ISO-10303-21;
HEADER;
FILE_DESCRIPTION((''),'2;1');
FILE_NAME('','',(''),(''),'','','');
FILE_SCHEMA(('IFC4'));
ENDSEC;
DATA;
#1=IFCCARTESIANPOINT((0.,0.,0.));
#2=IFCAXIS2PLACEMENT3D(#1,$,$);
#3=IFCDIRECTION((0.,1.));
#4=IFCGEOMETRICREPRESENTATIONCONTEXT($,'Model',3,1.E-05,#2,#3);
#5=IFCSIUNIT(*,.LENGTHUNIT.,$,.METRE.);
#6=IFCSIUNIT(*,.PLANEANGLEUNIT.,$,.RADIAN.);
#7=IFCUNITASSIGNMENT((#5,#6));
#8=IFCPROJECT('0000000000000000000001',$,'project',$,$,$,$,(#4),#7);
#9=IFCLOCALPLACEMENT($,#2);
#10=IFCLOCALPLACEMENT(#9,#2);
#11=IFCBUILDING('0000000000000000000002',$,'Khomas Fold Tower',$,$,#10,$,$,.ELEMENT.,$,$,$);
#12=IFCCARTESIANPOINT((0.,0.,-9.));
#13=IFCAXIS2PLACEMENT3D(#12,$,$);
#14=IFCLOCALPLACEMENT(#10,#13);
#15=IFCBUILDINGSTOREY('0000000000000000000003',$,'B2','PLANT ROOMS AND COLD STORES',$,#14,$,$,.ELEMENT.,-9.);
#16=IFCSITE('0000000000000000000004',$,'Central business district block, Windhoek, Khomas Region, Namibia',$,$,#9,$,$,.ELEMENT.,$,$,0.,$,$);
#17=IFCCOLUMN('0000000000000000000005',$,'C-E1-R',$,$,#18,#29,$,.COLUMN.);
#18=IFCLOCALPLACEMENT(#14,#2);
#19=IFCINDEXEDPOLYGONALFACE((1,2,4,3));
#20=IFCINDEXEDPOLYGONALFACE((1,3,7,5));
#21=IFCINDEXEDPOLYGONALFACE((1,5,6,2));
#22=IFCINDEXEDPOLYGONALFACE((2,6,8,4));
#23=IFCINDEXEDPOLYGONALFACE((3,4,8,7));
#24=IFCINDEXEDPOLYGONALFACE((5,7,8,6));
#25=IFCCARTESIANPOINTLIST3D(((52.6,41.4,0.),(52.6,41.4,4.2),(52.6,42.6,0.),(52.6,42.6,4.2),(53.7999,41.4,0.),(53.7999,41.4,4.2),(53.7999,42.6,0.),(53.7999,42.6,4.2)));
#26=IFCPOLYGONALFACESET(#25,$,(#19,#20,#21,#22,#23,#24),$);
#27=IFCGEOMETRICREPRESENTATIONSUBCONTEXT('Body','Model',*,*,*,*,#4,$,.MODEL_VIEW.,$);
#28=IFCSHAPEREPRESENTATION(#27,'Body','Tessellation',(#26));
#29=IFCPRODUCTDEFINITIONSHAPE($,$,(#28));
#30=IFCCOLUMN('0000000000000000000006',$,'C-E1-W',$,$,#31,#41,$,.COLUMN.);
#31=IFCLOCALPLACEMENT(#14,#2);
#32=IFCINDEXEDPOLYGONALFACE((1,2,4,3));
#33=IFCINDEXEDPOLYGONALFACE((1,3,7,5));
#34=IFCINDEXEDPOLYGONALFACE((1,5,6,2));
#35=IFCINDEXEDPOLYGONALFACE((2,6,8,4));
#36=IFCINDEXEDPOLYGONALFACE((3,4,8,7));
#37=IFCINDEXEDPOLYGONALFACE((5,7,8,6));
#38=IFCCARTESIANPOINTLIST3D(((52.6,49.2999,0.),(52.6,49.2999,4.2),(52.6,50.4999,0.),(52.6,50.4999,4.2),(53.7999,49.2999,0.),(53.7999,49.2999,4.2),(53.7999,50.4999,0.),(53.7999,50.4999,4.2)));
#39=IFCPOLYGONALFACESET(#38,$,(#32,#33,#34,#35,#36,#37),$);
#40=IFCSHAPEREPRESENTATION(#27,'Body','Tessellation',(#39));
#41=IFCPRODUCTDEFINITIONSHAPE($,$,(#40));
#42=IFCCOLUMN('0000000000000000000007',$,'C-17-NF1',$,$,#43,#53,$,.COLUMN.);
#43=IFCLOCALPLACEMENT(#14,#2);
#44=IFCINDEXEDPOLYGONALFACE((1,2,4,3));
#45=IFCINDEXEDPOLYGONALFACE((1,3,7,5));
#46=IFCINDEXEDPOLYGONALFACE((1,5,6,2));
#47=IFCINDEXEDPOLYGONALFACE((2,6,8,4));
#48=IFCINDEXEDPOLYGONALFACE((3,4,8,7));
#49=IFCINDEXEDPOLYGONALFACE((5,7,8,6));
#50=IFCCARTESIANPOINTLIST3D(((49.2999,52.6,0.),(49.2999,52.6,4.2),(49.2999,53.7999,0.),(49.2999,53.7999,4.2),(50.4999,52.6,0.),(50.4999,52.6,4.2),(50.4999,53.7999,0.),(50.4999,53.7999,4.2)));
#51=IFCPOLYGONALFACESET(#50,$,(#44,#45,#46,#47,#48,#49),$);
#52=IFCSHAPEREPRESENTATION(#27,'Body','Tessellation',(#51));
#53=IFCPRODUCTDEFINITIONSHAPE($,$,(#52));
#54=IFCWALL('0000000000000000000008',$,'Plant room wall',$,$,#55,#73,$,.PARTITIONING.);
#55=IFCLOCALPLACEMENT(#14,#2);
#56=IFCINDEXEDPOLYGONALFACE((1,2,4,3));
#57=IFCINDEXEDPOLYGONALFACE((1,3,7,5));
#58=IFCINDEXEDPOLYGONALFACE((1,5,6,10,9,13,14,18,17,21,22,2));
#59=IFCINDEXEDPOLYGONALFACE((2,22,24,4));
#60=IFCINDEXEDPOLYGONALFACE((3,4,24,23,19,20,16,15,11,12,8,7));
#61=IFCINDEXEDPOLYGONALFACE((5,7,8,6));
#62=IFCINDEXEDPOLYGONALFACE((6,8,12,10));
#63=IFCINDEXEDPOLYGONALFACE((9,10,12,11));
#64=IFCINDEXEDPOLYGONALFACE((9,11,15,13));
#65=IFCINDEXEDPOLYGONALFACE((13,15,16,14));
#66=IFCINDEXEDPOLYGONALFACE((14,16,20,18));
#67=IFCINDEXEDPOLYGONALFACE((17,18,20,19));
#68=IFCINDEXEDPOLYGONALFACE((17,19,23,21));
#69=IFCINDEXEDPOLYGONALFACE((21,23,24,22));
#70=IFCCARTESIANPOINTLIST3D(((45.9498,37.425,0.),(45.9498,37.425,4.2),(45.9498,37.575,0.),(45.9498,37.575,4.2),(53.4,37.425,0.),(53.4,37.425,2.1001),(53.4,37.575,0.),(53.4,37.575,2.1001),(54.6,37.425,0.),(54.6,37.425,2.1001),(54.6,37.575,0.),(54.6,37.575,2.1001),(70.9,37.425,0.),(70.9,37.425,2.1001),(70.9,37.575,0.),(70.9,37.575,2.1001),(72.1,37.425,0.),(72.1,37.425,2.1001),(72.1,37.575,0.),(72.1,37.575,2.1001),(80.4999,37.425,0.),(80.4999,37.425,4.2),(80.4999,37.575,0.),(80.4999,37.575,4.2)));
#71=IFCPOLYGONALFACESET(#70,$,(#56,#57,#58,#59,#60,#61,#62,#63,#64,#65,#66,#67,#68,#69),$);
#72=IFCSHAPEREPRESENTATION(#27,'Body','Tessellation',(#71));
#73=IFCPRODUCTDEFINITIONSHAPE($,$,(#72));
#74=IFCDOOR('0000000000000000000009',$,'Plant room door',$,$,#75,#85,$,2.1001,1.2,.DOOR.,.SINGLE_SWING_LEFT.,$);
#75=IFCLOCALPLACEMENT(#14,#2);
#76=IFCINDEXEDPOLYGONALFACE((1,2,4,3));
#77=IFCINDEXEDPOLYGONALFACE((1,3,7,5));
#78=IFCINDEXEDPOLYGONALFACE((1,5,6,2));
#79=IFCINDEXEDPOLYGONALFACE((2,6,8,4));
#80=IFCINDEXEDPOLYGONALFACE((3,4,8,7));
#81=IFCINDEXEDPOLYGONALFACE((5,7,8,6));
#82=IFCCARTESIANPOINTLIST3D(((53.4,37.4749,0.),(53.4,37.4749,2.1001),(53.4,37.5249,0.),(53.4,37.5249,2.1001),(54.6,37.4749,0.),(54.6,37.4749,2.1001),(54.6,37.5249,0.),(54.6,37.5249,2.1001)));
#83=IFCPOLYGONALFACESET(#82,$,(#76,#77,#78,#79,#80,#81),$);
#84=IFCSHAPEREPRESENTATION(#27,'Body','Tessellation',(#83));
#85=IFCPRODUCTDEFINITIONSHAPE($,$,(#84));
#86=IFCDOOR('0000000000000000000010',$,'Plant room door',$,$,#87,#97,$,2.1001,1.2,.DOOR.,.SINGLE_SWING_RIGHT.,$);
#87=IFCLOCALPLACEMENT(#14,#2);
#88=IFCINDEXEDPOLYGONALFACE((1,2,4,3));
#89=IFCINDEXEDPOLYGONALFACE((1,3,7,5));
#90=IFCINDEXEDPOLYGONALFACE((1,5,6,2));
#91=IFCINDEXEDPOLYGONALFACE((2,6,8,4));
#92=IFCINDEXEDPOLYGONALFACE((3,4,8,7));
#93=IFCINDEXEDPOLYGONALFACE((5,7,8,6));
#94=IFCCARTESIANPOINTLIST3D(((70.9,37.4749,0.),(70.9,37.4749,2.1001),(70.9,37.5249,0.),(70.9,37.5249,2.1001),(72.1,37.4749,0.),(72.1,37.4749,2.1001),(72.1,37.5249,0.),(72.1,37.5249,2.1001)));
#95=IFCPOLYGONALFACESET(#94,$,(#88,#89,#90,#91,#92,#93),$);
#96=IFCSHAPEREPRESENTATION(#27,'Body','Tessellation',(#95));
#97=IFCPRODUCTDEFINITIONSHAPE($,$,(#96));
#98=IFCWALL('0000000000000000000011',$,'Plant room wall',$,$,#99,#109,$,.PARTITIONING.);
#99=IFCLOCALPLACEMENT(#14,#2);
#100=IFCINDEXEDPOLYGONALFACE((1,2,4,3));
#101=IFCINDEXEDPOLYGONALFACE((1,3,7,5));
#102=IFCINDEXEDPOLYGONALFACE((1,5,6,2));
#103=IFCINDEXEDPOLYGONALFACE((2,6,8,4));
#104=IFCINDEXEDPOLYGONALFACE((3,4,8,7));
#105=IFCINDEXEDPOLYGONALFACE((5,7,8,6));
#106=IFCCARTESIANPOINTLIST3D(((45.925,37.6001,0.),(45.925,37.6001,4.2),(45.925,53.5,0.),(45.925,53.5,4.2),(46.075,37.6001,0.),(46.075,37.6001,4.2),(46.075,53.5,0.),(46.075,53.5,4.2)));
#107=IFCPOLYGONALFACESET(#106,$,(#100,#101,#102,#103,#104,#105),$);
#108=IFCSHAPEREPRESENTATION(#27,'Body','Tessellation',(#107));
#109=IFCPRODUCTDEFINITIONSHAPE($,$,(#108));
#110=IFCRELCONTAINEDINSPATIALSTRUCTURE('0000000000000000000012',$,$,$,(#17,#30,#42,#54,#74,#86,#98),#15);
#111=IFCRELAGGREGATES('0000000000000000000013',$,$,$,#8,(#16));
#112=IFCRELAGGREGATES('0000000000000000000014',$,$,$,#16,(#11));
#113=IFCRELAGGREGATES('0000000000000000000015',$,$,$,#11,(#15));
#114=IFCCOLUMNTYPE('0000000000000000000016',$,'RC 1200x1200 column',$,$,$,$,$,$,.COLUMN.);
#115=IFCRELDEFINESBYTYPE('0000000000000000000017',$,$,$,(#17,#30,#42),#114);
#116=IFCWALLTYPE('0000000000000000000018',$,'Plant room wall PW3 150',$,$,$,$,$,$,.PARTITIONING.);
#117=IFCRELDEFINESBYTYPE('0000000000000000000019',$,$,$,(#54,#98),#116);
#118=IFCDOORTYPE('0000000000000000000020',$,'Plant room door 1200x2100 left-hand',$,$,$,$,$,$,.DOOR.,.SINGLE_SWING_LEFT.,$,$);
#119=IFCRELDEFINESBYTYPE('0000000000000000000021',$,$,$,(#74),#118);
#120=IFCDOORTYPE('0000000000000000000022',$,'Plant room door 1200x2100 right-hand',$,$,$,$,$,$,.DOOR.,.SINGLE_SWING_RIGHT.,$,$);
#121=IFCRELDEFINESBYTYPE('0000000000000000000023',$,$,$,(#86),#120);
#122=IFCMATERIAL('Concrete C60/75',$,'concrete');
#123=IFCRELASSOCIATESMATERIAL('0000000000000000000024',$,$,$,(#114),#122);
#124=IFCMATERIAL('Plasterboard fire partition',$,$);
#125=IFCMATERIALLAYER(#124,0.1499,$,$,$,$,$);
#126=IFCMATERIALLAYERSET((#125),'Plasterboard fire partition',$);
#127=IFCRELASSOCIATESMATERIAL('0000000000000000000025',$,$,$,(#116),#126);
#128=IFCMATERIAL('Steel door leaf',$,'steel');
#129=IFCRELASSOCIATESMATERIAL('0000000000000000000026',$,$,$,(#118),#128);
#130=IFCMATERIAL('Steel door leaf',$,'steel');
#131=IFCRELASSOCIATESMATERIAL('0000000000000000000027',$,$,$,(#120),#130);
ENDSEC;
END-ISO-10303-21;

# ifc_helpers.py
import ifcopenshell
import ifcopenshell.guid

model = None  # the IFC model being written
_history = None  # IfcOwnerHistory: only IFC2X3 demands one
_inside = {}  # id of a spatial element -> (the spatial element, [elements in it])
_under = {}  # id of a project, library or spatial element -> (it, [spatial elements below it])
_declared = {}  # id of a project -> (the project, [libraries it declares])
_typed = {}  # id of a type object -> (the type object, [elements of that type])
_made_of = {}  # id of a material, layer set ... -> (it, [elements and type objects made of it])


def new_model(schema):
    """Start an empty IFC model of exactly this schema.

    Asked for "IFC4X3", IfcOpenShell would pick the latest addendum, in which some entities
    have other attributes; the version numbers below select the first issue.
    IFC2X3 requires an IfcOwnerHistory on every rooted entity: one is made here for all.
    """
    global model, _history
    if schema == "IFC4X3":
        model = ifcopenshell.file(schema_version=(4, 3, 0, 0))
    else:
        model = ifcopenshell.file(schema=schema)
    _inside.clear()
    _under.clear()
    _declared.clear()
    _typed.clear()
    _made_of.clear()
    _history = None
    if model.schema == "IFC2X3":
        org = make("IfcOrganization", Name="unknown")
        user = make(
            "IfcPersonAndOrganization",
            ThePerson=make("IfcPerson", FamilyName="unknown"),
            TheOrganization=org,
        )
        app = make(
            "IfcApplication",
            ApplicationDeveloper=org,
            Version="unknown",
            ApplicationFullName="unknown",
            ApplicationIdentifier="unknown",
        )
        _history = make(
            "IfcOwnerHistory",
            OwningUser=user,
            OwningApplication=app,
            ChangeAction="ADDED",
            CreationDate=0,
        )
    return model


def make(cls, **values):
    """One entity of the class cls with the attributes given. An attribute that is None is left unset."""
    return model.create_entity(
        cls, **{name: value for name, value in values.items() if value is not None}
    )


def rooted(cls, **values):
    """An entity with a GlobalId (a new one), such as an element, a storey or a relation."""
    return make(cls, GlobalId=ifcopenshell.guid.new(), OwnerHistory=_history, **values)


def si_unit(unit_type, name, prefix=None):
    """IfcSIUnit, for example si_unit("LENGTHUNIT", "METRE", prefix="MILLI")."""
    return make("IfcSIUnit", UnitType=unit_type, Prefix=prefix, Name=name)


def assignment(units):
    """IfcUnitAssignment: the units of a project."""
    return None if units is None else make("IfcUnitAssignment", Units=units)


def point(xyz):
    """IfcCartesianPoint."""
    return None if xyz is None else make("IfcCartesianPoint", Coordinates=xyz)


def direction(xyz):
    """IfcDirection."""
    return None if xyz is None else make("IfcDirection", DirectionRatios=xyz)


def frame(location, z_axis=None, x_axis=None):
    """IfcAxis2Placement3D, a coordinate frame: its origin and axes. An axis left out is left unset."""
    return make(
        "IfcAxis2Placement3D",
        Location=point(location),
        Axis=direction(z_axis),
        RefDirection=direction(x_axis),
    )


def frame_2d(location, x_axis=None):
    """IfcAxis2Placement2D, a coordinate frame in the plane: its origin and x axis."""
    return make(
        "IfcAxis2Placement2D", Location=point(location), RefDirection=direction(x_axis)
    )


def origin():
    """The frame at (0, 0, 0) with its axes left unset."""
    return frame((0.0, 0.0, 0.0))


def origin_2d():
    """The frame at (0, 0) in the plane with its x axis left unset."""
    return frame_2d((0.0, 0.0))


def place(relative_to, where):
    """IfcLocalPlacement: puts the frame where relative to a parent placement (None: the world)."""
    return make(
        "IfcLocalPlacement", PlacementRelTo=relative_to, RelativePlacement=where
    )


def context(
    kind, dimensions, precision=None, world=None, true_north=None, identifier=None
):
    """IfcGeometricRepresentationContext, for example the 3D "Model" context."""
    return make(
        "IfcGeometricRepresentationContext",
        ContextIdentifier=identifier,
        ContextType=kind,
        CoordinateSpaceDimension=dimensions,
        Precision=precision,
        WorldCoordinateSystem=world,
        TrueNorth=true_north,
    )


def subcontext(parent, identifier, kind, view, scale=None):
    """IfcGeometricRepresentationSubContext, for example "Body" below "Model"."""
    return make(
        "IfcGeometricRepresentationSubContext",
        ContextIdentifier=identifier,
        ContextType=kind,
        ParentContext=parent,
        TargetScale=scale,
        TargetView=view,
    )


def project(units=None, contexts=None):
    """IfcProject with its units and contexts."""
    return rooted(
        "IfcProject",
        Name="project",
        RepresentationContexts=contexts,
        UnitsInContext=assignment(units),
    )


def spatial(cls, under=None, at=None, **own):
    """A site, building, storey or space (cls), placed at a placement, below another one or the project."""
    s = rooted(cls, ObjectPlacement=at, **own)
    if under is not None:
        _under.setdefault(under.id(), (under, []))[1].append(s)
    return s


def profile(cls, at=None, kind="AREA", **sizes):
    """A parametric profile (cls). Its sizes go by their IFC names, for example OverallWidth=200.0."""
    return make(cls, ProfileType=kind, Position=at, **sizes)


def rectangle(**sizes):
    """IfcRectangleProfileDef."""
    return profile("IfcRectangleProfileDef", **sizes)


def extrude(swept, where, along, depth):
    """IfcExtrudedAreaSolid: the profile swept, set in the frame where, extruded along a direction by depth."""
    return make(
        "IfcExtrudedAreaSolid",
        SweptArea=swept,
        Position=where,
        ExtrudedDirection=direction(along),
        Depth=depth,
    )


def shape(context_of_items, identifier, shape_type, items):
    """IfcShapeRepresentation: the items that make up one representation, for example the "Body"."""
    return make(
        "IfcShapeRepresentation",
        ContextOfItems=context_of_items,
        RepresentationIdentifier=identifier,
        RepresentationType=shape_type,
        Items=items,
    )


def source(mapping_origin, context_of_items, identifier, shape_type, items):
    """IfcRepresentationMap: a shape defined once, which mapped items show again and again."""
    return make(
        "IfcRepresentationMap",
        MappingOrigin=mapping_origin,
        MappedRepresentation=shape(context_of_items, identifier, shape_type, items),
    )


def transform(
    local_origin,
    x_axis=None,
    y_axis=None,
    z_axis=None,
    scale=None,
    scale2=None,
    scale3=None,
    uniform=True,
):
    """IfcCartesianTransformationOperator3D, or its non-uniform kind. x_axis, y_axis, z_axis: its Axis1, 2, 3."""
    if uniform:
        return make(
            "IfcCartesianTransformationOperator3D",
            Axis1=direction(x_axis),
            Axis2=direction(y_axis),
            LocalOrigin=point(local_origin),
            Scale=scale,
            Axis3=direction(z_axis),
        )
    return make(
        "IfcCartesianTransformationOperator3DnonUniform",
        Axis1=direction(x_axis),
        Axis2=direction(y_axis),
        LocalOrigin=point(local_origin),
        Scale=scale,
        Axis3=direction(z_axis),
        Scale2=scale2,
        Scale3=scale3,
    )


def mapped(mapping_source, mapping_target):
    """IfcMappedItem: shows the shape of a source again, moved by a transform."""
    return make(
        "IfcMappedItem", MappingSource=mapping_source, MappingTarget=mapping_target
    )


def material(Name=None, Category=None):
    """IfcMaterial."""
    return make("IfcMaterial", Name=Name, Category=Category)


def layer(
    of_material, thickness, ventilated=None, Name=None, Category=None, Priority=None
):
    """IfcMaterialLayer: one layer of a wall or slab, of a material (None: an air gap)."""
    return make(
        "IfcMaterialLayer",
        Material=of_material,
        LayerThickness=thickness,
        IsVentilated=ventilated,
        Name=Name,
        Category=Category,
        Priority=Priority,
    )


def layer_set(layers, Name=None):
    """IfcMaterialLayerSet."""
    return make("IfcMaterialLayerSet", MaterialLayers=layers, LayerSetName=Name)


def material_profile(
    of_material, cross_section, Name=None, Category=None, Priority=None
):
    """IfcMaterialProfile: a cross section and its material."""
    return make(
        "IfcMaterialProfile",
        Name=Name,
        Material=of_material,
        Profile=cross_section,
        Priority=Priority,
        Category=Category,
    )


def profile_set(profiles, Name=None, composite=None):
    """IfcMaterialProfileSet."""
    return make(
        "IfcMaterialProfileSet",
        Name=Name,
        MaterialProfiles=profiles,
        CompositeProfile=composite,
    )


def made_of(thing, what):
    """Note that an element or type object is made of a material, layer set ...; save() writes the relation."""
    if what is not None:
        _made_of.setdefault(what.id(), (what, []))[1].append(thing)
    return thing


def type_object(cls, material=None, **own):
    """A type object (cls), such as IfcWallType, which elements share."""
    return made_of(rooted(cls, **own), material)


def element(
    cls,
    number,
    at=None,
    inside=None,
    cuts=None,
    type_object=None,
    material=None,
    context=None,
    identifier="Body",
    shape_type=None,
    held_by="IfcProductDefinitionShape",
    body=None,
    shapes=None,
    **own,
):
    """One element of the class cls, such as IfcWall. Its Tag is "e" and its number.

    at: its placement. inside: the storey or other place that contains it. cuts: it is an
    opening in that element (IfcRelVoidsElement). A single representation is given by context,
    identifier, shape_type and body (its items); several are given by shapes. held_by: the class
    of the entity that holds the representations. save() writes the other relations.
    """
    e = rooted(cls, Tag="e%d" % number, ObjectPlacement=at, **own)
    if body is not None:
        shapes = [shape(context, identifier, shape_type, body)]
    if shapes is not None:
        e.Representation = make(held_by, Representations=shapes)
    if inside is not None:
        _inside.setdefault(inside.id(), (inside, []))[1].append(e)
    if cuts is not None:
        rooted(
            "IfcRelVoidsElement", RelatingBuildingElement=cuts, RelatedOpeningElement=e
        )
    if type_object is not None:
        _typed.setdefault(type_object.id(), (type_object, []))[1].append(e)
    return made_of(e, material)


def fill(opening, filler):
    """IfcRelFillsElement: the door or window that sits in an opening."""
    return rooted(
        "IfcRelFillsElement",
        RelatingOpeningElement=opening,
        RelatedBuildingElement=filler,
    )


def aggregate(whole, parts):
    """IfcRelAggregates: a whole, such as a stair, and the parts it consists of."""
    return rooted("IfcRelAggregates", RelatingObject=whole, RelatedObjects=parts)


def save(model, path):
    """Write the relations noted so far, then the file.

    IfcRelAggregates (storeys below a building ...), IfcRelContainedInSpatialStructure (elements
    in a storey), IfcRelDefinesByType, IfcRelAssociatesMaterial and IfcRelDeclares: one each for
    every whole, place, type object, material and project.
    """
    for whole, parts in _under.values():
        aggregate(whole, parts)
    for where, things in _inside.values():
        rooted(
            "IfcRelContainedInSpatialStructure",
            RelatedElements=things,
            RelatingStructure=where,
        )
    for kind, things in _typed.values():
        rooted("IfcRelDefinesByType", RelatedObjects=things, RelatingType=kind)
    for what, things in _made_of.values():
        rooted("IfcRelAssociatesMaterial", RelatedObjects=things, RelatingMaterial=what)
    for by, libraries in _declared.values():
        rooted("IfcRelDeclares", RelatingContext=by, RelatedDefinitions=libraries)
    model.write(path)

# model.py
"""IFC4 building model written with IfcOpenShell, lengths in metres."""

from ifc_helpers import new_model, si_unit, direction, frame, frame_2d, origin, origin_2d, place, context, subcontext, project, spatial, rectangle, extrude, source, transform, mapped, material, layer, layer_set, material_profile, profile_set, type_object, element, fill, save


model = new_model("IFC4")

# Units and contexts
model_context = context("Model", 3, precision=1e-05, world=origin(), true_north=direction((0.0, 1.0)))
body_context = subcontext(model_context, "Body", "Model", "MODEL_VIEW")
ifc_project = project(units=[si_unit("LENGTHUNIT", "METRE"), si_unit("PLANEANGLEUNIT", "RADIAN")], contexts=[model_context])

# Site, building, storey
site_placement = place(None, origin())
site = spatial("IfcSite", under=ifc_project, at=site_placement, Name="Central business district block, Windhoek, Khomas Region, Namibia", CompositionType="ELEMENT", RefElevation=0.0)
building_placement = place(site_placement, origin())
building = spatial("IfcBuilding", under=site, at=building_placement, Name="Khomas Fold Tower", CompositionType="ELEMENT")
storey_placement = place(building_placement, frame((0.0, 0.0, -9.0)))
storey = spatial("IfcBuildingStorey", under=building, at=storey_placement, Name="B2", Description="PLANT ROOMS AND COLD STORES", CompositionType="ELEMENT", Elevation=-9.0)

# Columns
ifc_material_1 = material(Name="Concrete C60/75", Category="concrete")
ifc_material_profile_1 = material_profile(ifc_material_1, rectangle(XDim=1.2, YDim=1.2, at=origin_2d()), Name="RC 1200x1200")
ifc_profile_set_1 = profile_set([ifc_material_profile_1], Name="Concrete C60/75")
column_type_1 = type_object("IfcColumnType", Name="RC 1200x1200 column", PredefinedType="COLUMN", material=ifc_profile_set_1)
shared_shape_1 = source(origin(), body_context, "Body", "SweptSolid", [
    extrude(rectangle(XDim=1.2, YDim=1.2, at=origin_2d()), origin(), (0.0, 0.0, 1.0), 4.2),
])
for number, where, z_axis, x_axis, name in (
    (1, (53.2, 42.0, 0.0), (0.0, 0.0, 1.0), (1.0, 0.0, 0.0), "C-E1-R"),
    (2, (53.2, 49.8999, 0.0), (0.0, 0.0, 1.0), (1.0, 0.0, 0.0), "C-E1-W"),
    (3, (49.8999, 53.2, 0.0), (0.0, 0.0, 1.0), (1.0, 0.0, 0.0), "C-17-NF1"),
):
    element("IfcColumn", number, at=place(storey_placement, frame(where, z_axis=z_axis, x_axis=x_axis)), inside=storey, type_object=column_type_1, Name=name, PredefinedType="COLUMN", context=body_context, shape_type="MappedRepresentation", body=[
        mapped(shared_shape_1, transform((0.0, 0.0, 0.0))),
    ])

# Wall, openings, doors
ifc_material_2 = material(Name="Plasterboard fire partition")
ifc_layer = layer(ifc_material_2, 0.1499)
ifc_layer_set = layer_set([ifc_layer], Name="Plasterboard fire partition")
wall_type = type_object("IfcWallType", Name="Plant room wall PW3 150", PredefinedType="PARTITIONING", material=ifc_layer_set)
shared_shape_2 = source(origin(), body_context, "Body", "SweptSolid", [
    extrude(rectangle(XDim=34.55, YDim=0.1499, at=frame_2d((17.2749, 0.0))), origin(), (0.0, 0.0, 1.0), 4.2),
])
wall_1_placement = place(storey_placement, frame((45.95, 37.5, 0.0), z_axis=(0.0, 0.0, 1.0), x_axis=(1.0, 0.0, 0.0)))
wall_1 = element("IfcWall", 4, at=wall_1_placement, inside=storey, type_object=wall_type, Name="Plant room wall", PredefinedType="PARTITIONING", context=body_context, shape_type="MappedRepresentation", body=[
    mapped(shared_shape_2, transform((0.0, 0.0, 0.0))),
])
shared_shape_3 = source(origin(), body_context, "Body", "SweptSolid", [
    extrude(rectangle(XDim=1.2, YDim=2.1001, at=frame_2d((0.6001, 1.05))), frame((0.0, 0.085, 0.0), z_axis=(0.0, -1.0, 0.0), x_axis=(1.0, 0.0, 0.0)), (0.0, 0.0, 1.0), 0.1699),
])
opening_1_placement = place(wall_1_placement, frame((7.45, 0.0, 0.0)))
opening_1 = element("IfcOpeningElement", 5, at=opening_1_placement, cuts=wall_1, PredefinedType="OPENING", context=body_context, shape_type="MappedRepresentation", body=[
    mapped(shared_shape_3, transform((0.0, 0.0, 0.0))),
])
opening_2_placement = place(wall_1_placement, frame((24.95, 0.0, 0.0)))
opening_2 = element("IfcOpeningElement", 6, at=opening_2_placement, cuts=wall_1, PredefinedType="OPENING", context=body_context, shape_type="MappedRepresentation", body=[
    mapped(shared_shape_3, transform((0.0, 0.0, 0.0))),
])
ifc_material_3 = material(Name="Steel door leaf", Category="steel")
door_type_1 = type_object("IfcDoorType", Name="Plant room door 1200x2100 left-hand", OperationType="SINGLE_SWING_LEFT", PredefinedType="DOOR", material=ifc_material_3)
shared_shape_4 = source(origin(), body_context, "Body", "SweptSolid", [
    extrude(rectangle(XDim=1.2, YDim=2.1001, at=frame_2d((0.6001, 1.05))), frame((0.0, 0.0249, 0.0), z_axis=(0.0, -1.0, 0.0), x_axis=(1.0, 0.0, 0.0)), (0.0, 0.0, 1.0), 0.05),
])
door_1_placement = place(opening_1_placement, origin())
door_1 = element("IfcDoor", 7, at=door_1_placement, inside=storey, type_object=door_type_1, Name="Plant room door", OperationType="SINGLE_SWING_LEFT", OverallHeight=2.1001, OverallWidth=1.2, PredefinedType="DOOR", context=body_context, shape_type="MappedRepresentation", body=[
    mapped(shared_shape_4, transform((0.0, 0.0, 0.0))),
])
fill(opening_1, door_1)
ifc_material_4 = material(Name="Steel door leaf", Category="steel")
door_type_2 = type_object("IfcDoorType", Name="Plant room door 1200x2100 right-hand", OperationType="SINGLE_SWING_RIGHT", PredefinedType="DOOR", material=ifc_material_4)
door_2_placement = place(opening_2_placement, origin())
door_2 = element("IfcDoor", 8, at=door_2_placement, inside=storey, type_object=door_type_2, Name="Plant room door", OperationType="SINGLE_SWING_RIGHT", OverallHeight=2.1001, OverallWidth=1.2, PredefinedType="DOOR", context=body_context, shape_type="MappedRepresentation", body=[
    mapped(shared_shape_4, transform((0.0, 0.0, 0.0))),
])
fill(opening_2, door_2)

# Wall
shared_shape_5 = source(origin(), body_context, "Body", "SweptSolid", [
    extrude(rectangle(XDim=15.8999, YDim=0.1499, at=frame_2d((7.95, 0.0))), origin(), (0.0, 0.0, 1.0), 4.2),
])
wall_2_placement = place(storey_placement, frame((46.0, 37.6001, 0.0), z_axis=(0.0, 0.0, 1.0), x_axis=(0.0, 1.0, 0.0)))
element("IfcWall", 9, at=wall_2_placement, inside=storey, type_object=wall_type, Name="Plant room wall", PredefinedType="PARTITIONING", context=body_context, shape_type="MappedRepresentation", body=[
    mapped(shared_shape_5, transform((0.0, 0.0, 0.0))),
])

save(model, "model.ifc")
